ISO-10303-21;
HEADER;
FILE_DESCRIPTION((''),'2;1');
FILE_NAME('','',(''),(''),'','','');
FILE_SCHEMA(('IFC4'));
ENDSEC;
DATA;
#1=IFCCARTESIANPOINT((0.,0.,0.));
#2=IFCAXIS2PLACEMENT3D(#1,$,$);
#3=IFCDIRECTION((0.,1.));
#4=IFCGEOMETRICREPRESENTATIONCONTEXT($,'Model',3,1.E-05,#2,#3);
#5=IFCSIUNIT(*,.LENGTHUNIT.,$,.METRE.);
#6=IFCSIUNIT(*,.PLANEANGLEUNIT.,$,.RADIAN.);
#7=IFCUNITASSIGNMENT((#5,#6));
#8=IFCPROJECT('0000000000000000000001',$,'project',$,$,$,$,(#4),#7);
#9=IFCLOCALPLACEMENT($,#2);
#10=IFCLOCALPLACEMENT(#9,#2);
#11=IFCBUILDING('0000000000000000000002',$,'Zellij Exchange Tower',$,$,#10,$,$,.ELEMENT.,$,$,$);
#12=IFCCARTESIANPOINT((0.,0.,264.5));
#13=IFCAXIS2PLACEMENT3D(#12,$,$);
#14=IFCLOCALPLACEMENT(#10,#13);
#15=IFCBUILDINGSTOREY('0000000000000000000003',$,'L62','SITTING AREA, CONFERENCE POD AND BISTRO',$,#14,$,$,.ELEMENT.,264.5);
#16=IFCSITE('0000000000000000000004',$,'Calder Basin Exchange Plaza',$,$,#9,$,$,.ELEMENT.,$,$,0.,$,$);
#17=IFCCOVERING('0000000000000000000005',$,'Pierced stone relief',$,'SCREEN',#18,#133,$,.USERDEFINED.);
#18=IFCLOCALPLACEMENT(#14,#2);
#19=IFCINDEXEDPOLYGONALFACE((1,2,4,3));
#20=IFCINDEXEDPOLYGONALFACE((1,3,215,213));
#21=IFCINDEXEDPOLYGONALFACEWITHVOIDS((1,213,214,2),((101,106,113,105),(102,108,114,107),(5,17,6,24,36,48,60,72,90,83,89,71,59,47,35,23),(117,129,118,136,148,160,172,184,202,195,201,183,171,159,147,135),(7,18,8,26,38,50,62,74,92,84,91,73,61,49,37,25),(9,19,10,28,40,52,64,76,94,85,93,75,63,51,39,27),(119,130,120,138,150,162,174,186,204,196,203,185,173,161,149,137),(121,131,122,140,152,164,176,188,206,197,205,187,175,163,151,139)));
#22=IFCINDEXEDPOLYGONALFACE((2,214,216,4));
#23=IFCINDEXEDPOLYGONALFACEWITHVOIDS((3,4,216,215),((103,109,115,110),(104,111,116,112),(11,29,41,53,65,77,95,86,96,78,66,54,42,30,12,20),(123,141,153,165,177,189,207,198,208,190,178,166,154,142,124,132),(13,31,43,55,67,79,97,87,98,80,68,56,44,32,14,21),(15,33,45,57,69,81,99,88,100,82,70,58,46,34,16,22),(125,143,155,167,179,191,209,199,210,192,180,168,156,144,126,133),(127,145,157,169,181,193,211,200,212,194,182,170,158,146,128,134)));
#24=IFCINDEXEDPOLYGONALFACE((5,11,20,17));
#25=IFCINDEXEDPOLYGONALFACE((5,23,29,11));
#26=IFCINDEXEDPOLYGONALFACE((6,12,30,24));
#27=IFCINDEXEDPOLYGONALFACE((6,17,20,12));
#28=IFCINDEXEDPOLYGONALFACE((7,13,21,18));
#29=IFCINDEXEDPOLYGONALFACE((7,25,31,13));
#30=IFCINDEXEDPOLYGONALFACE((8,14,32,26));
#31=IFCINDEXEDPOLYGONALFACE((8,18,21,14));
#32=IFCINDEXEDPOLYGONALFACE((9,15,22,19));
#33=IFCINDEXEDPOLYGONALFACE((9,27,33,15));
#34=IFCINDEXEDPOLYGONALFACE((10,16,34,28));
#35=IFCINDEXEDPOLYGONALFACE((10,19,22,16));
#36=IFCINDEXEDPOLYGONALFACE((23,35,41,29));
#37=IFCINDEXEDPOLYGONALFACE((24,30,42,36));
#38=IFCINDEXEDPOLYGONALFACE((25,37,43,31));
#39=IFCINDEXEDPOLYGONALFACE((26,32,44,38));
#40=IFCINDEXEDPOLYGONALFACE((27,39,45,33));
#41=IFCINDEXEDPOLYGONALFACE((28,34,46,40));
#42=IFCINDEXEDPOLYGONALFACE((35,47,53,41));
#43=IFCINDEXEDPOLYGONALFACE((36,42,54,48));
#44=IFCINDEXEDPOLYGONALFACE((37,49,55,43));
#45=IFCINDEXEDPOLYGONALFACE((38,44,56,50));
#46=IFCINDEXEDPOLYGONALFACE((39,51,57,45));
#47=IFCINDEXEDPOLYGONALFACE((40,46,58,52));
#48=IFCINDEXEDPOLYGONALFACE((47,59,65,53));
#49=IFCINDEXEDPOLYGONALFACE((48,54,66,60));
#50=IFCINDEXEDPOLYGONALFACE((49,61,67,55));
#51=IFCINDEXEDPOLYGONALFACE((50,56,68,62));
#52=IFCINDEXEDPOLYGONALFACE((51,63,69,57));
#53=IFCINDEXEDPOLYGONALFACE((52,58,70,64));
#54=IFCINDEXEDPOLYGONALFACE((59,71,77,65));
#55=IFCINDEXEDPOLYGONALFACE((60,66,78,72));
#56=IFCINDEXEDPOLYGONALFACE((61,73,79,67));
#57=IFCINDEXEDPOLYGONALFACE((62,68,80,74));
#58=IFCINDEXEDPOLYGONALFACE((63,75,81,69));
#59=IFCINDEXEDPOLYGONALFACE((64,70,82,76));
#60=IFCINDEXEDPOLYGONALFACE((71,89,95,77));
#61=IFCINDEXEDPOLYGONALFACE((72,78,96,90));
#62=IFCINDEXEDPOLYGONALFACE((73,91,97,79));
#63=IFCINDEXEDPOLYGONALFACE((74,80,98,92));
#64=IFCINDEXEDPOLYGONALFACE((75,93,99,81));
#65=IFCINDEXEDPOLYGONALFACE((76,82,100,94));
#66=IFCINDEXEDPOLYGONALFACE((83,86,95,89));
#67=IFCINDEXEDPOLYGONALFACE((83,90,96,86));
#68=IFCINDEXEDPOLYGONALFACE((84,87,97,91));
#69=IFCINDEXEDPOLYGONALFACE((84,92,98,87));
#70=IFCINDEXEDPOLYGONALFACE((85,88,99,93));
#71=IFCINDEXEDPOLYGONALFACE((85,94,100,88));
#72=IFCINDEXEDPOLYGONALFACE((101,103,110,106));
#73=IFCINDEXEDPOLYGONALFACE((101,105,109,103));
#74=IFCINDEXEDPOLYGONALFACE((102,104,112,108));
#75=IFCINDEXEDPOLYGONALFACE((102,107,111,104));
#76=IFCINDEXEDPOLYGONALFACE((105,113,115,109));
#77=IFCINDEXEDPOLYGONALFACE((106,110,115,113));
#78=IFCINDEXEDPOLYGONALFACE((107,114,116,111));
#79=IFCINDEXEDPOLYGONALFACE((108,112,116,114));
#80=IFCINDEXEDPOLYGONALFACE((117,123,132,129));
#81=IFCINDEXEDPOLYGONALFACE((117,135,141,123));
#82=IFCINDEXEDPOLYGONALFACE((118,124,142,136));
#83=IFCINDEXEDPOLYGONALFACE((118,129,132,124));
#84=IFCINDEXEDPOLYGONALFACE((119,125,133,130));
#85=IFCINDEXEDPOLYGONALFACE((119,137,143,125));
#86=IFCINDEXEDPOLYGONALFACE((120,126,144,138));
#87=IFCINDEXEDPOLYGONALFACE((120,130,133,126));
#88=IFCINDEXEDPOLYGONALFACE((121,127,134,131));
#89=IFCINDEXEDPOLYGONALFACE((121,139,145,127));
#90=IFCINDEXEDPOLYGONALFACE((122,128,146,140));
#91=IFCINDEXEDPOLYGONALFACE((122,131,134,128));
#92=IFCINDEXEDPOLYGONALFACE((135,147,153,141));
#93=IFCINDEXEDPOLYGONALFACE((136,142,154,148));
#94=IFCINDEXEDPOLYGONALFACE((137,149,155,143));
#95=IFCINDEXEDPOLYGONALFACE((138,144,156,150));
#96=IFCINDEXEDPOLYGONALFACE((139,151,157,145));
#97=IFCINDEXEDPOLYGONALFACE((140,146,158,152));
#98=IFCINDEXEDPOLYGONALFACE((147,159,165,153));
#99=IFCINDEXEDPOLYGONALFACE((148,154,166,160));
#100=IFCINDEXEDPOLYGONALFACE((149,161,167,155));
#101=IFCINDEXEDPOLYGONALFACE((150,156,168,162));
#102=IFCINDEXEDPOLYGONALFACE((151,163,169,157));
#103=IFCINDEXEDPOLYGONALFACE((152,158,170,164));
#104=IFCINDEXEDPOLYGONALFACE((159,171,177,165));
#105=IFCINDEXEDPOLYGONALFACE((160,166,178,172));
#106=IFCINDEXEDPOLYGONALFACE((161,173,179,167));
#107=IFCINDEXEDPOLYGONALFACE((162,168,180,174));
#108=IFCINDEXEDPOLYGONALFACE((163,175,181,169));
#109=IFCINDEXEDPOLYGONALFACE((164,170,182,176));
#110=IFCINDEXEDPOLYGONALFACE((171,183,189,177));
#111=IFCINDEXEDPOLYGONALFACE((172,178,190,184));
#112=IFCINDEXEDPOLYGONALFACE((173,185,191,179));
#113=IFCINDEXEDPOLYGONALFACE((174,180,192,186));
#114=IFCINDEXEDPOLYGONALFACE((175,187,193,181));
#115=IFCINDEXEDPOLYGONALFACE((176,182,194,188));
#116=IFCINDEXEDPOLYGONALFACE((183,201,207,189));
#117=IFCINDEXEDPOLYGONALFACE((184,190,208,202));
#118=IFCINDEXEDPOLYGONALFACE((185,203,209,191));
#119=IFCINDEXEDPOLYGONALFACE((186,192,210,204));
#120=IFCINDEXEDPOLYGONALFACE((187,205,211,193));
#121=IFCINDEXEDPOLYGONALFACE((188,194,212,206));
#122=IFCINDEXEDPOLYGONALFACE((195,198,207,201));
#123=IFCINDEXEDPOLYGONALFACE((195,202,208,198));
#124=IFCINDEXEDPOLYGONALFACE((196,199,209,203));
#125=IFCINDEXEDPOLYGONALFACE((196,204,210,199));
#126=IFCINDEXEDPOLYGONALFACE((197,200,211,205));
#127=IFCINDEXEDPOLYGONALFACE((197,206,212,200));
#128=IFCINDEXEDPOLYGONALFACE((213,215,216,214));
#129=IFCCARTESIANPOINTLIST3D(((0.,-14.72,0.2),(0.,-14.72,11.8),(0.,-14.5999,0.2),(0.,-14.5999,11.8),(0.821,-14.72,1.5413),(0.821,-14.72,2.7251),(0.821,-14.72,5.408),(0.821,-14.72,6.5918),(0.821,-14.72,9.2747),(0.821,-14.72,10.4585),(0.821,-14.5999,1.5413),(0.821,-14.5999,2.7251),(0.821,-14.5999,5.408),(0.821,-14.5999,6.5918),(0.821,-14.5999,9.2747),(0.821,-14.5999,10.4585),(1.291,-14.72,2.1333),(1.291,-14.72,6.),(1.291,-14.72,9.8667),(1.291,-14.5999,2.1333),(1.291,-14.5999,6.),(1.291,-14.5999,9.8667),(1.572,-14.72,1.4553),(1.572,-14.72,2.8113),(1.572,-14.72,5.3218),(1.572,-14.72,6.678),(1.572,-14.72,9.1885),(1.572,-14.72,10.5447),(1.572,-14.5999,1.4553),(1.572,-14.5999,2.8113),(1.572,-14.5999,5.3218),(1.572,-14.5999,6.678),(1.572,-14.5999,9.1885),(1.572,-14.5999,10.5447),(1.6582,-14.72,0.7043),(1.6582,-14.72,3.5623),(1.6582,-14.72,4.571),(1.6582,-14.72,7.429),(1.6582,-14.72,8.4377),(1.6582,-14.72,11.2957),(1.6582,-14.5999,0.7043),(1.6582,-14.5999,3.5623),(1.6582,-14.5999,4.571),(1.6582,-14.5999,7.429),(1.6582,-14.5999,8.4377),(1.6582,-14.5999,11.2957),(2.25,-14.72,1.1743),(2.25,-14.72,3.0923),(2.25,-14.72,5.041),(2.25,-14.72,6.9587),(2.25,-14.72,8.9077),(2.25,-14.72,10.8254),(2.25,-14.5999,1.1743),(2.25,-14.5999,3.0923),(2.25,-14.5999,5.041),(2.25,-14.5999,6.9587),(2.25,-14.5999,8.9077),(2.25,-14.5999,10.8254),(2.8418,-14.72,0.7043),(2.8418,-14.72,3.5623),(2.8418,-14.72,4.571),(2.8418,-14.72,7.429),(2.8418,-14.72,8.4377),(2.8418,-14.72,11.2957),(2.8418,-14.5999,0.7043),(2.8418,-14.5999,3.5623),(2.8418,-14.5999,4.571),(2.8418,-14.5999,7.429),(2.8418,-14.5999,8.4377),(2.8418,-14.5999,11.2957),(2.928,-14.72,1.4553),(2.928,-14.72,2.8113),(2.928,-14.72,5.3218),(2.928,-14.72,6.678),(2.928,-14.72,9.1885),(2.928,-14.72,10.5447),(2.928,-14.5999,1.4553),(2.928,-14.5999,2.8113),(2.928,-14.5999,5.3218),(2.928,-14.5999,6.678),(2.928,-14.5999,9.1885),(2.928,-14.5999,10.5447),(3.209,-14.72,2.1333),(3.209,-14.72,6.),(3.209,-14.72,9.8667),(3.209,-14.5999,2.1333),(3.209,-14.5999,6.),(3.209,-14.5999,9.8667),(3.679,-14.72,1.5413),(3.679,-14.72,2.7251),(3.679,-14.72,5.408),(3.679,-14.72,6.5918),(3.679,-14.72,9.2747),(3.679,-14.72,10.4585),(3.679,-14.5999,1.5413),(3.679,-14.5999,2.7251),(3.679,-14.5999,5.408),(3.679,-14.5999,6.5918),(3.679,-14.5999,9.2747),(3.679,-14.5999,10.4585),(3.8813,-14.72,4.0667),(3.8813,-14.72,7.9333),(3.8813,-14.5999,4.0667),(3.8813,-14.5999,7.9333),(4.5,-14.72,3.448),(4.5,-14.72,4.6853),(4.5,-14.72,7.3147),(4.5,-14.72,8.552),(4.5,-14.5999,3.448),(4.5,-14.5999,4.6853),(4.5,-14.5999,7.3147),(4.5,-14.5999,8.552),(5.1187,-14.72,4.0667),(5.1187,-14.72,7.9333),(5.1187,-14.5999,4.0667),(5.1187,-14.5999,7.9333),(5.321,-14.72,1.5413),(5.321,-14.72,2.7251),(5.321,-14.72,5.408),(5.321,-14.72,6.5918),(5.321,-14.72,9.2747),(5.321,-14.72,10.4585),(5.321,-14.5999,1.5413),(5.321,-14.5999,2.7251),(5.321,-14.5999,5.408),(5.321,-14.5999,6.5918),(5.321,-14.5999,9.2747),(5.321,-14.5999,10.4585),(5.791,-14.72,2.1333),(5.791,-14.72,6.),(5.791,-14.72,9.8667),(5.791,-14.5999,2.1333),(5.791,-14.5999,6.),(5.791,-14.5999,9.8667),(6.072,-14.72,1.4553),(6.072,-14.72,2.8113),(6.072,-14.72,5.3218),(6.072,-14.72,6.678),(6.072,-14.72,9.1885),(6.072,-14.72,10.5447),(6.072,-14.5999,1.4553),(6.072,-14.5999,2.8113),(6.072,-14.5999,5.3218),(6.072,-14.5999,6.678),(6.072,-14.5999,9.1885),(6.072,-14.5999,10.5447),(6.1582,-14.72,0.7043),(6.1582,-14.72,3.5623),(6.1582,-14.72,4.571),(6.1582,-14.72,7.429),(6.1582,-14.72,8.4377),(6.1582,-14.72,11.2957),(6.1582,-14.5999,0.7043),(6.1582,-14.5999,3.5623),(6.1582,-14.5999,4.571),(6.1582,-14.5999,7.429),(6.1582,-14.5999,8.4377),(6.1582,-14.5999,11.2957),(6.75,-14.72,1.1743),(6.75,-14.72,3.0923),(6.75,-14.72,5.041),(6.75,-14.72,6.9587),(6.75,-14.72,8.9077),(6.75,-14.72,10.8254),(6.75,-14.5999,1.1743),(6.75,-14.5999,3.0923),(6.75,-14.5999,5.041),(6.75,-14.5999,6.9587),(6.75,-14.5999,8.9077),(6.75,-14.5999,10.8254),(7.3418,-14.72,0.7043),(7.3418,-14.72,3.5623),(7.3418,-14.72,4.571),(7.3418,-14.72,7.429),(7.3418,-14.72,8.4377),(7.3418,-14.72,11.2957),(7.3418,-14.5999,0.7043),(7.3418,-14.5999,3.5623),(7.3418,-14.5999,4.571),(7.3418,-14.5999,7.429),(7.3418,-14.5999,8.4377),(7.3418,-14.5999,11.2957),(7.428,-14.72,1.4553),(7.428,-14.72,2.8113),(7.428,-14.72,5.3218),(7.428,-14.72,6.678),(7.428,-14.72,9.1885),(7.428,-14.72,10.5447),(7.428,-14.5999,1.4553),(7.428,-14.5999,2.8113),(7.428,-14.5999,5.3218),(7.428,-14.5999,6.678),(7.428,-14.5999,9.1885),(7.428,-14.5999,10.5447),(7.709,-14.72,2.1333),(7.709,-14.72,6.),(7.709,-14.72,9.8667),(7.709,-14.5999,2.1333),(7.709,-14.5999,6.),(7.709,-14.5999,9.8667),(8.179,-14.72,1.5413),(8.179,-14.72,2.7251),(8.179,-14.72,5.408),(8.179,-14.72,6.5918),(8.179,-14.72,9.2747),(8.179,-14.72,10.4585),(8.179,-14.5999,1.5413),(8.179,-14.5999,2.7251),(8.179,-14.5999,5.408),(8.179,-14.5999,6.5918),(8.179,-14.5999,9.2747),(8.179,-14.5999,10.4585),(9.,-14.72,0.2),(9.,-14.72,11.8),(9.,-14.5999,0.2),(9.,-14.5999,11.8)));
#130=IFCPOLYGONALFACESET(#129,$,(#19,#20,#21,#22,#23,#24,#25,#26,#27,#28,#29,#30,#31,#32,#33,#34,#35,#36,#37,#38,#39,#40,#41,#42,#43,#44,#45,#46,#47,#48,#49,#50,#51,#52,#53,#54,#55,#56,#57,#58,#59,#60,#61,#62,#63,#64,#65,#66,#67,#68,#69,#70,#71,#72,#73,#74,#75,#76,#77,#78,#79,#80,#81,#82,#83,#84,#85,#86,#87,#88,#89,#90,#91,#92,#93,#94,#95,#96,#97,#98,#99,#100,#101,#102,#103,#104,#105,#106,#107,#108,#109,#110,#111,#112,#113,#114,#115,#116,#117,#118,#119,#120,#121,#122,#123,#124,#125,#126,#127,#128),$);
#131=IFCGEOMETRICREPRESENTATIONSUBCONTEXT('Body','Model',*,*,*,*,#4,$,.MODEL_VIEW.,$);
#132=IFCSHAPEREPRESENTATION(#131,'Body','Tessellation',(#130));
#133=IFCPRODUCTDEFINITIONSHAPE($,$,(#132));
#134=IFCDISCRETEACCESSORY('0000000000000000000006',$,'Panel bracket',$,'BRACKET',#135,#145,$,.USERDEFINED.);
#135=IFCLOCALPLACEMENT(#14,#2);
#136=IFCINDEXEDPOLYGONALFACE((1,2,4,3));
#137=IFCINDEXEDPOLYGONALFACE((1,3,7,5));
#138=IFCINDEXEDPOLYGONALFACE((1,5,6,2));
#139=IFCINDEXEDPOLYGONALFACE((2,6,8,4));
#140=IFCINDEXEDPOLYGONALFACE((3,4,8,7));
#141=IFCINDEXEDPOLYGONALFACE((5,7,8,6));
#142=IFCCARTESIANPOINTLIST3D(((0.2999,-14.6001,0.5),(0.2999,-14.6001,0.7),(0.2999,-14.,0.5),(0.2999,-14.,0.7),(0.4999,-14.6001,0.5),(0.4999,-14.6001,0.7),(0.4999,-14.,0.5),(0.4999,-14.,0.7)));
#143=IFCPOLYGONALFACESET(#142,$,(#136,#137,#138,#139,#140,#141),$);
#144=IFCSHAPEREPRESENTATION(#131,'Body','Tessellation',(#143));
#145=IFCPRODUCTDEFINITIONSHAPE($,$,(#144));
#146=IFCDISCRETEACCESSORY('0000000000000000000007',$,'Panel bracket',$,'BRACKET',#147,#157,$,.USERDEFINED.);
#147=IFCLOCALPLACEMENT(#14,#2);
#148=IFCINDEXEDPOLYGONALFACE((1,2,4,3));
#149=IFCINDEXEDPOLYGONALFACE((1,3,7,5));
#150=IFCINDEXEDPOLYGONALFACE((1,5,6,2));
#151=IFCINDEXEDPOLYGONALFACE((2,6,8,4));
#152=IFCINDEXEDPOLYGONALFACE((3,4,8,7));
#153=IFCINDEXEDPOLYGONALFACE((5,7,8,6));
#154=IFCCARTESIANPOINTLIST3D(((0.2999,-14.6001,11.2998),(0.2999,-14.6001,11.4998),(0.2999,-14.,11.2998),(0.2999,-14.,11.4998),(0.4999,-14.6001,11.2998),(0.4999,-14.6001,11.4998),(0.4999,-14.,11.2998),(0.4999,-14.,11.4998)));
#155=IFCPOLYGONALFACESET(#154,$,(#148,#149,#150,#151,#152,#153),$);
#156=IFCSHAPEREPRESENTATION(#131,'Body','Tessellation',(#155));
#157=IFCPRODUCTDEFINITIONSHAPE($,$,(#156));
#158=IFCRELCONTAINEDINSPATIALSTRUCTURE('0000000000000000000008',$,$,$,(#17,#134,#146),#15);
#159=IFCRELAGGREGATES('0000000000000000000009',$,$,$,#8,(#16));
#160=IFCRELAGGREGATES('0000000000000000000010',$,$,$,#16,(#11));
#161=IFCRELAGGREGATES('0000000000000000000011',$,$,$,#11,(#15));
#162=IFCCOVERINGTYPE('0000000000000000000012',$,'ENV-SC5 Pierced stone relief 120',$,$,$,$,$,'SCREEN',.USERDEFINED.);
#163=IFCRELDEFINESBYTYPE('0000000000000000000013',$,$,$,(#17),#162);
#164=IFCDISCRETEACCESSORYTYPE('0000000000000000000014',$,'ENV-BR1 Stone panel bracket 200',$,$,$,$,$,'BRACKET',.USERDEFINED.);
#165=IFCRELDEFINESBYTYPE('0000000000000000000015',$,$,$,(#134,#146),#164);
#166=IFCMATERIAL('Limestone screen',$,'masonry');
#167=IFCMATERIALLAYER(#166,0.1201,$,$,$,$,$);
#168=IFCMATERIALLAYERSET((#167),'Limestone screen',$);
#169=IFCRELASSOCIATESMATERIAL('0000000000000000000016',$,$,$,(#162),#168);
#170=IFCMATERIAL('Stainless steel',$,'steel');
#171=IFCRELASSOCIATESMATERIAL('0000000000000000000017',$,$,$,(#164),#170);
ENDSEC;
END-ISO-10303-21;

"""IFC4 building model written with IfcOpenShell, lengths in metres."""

from ifc_helpers import new_model, si_unit, direction, frame, origin, origin_2d, place, context, subcontext, project, spatial, polyline, rectangle, outline, extrude, material, layer, layer_set, type_object, element, save


model = new_model("IFC4")

# Units and contexts
model_context = context("Model", 3, precision=1e-05, world=origin(), true_north=direction((0.0, 1.0)))
body_context = subcontext(model_context, "Body", "Model", "MODEL_VIEW")
ifc_project = project(units=[si_unit("LENGTHUNIT", "METRE"), si_unit("PLANEANGLEUNIT", "RADIAN")], contexts=[model_context])

# Site, building, storey
site_placement = place(None, origin())
site = spatial("IfcSite", under=ifc_project, at=site_placement, Name="Calder Basin Exchange Plaza", CompositionType="ELEMENT", RefElevation=0.0)
building_placement = place(site_placement, origin())
building = spatial("IfcBuilding", under=site, at=building_placement, Name="Zellij Exchange Tower", CompositionType="ELEMENT")
storey_placement = place(building_placement, frame((0.0, 0.0, 264.5)))
storey = spatial("IfcBuildingStorey", under=building, at=storey_placement, Name="L62", Description="SITTING AREA, CONFERENCE POD AND BISTRO", CompositionType="ELEMENT", Elevation=264.5)

# Shared definitions
ifc_material_1 = material(Name="Stainless steel", Category="steel")

# Covering
ifc_material_2 = material(Name="Limestone screen", Category="masonry")
ifc_layer_1 = layer(ifc_material_2, 0.1201)
ifc_layer_set_1 = layer_set([ifc_layer_1], Name="Limestone screen")
covering_type_1 = type_object("IfcCoveringType", Name="ENV-SC5 Pierced stone relief 120", ElementType="SCREEN", PredefinedType="USERDEFINED", material=ifc_layer_set_1)
covering_1_placement = place(storey_placement, frame((0.0, -14.6599, 0.2), z_axis=(0.0, 0.0, 1.0), x_axis=(1.0, 0.0, 0.0)))
element("IfcCovering", 1, at=covering_1_placement, inside=storey, type_object=covering_type_1, Name="Pierced stone relief", ObjectType="SCREEN", PredefinedType="USERDEFINED", context=body_context, shape_type="SweptSolid", body=[
    extrude(outline(polyline([(0.0, 0.0), (9.0, 0.0), (9.0, 11.6001), (0.0, 11.6001), (0.0, 0.0)]), holes=[polyline([(3.679, 2.5251), (2.928, 2.6113), (2.8418, 3.3623), (2.25, 2.8923), (1.6582, 3.3623), (1.572, 2.6113), (0.821, 2.5251), (1.291, 1.9333), (0.821, 1.3413), (1.572, 1.2554), (1.6582, 0.5044), (2.25, 0.9744), (2.8418, 0.5044), (2.928, 1.2554), (3.679, 1.3413), (3.209, 1.9333), (3.679, 2.5251)]), polyline([(3.679, 6.3918), (2.928, 6.478), (2.8418, 7.229), (2.25, 6.7588), (1.6582, 7.229), (1.572, 6.478), (0.821, 6.3918), (1.291, 5.8), (0.821, 5.208), (1.572, 5.1218), (1.6582, 4.3711), (2.25, 4.8411), (2.8418, 4.3711), (2.928, 5.1218), (3.679, 5.208), (3.209, 5.8), (3.679, 6.3918)]), polyline([(3.679, 10.2585), (2.928, 10.3447), (2.8418, 11.0957), (2.25, 10.6255), (1.6582, 11.0957), (1.572, 10.3447), (0.821, 10.2585), (1.291, 9.6667), (0.821, 9.0747), (1.572, 8.9885), (1.6582, 8.2378), (2.25, 8.7078), (2.8418, 8.2378), (2.928, 8.9885), (3.679, 9.0747), (3.209, 9.6667), (3.679, 10.2585)]), polyline([(8.179, 2.5251), (7.428, 2.6113), (7.3418, 3.3623), (6.75, 2.8923), (6.1582, 3.3623), (6.072, 2.6113), (5.321, 2.5251), (5.791, 1.9333), (5.321, 1.3413), (6.072, 1.2554), (6.1582, 0.5044), (6.75, 0.9744), (7.3418, 0.5044), (7.428, 1.2554), (8.179, 1.3413), (7.709, 1.9333), (8.179, 2.5251)]), polyline([(8.179, 6.3918), (7.428, 6.478), (7.3418, 7.229), (6.75, 6.7588), (6.1582, 7.229), (6.072, 6.478), (5.321, 6.3918), (5.791, 5.8), (5.321, 5.208), (6.072, 5.1218), (6.1582, 4.3711), (6.75, 4.8411), (7.3418, 4.3711), (7.428, 5.1218), (8.179, 5.208), (7.709, 5.8), (8.179, 6.3918)]), polyline([(8.179, 10.2585), (7.428, 10.3447), (7.3418, 11.0957), (6.75, 10.6255), (6.1582, 11.0957), (6.072, 10.3447), (5.321, 10.2585), (5.791, 9.6667), (5.321, 9.0747), (6.072, 8.9885), (6.1582, 8.2378), (6.75, 8.7078), (7.3418, 8.2378), (7.428, 8.9885), (8.179, 9.0747), (7.709, 9.6667), (8.179, 10.2585)]), polyline([(5.1187, 3.8667), (4.5, 4.4854), (3.8813, 3.8667), (4.5, 3.248), (5.1187, 3.8667)]), polyline([(5.1187, 7.7334), (4.5, 8.3521), (3.8813, 7.7334), (4.5, 7.1147), (5.1187, 7.7334)])]), frame((0.0, 0.0601, 0.0), z_axis=(0.0, -1.0, 0.0), x_axis=(1.0, 0.0, 0.0)), (0.0, 0.0, 1.0), 0.1201),
])

# Discrete accessories
discrete_accessory_type = type_object("IfcDiscreteAccessoryType", Name="ENV-BR1 Stone panel bracket 200", ElementType="BRACKET", PredefinedType="USERDEFINED", material=ifc_material_1)
for number, where, z_axis, x_axis, name in (
    (2, (0.3999, -14.3, 0.5), (0.0, 0.0, 1.0), (1.0, 0.0, 0.0), "Panel bracket"),
    (3, (0.3999, -14.3, 11.2998), (0.0, 0.0, 1.0), (1.0, 0.0, 0.0), "Panel bracket"),
):
    element("IfcDiscreteAccessory", number, at=place(storey_placement, frame(where, z_axis=z_axis, x_axis=x_axis)), inside=storey, type_object=discrete_accessory_type, Name=name, ObjectType="BRACKET", PredefinedType="USERDEFINED", context=body_context, shape_type="SweptSolid", body=[
        extrude(rectangle(XDim=0.2, YDim=0.6001, at=origin_2d()), origin(), (0.0, 0.0, 1.0), 0.2),
    ])

save(model, "model.ifc")
